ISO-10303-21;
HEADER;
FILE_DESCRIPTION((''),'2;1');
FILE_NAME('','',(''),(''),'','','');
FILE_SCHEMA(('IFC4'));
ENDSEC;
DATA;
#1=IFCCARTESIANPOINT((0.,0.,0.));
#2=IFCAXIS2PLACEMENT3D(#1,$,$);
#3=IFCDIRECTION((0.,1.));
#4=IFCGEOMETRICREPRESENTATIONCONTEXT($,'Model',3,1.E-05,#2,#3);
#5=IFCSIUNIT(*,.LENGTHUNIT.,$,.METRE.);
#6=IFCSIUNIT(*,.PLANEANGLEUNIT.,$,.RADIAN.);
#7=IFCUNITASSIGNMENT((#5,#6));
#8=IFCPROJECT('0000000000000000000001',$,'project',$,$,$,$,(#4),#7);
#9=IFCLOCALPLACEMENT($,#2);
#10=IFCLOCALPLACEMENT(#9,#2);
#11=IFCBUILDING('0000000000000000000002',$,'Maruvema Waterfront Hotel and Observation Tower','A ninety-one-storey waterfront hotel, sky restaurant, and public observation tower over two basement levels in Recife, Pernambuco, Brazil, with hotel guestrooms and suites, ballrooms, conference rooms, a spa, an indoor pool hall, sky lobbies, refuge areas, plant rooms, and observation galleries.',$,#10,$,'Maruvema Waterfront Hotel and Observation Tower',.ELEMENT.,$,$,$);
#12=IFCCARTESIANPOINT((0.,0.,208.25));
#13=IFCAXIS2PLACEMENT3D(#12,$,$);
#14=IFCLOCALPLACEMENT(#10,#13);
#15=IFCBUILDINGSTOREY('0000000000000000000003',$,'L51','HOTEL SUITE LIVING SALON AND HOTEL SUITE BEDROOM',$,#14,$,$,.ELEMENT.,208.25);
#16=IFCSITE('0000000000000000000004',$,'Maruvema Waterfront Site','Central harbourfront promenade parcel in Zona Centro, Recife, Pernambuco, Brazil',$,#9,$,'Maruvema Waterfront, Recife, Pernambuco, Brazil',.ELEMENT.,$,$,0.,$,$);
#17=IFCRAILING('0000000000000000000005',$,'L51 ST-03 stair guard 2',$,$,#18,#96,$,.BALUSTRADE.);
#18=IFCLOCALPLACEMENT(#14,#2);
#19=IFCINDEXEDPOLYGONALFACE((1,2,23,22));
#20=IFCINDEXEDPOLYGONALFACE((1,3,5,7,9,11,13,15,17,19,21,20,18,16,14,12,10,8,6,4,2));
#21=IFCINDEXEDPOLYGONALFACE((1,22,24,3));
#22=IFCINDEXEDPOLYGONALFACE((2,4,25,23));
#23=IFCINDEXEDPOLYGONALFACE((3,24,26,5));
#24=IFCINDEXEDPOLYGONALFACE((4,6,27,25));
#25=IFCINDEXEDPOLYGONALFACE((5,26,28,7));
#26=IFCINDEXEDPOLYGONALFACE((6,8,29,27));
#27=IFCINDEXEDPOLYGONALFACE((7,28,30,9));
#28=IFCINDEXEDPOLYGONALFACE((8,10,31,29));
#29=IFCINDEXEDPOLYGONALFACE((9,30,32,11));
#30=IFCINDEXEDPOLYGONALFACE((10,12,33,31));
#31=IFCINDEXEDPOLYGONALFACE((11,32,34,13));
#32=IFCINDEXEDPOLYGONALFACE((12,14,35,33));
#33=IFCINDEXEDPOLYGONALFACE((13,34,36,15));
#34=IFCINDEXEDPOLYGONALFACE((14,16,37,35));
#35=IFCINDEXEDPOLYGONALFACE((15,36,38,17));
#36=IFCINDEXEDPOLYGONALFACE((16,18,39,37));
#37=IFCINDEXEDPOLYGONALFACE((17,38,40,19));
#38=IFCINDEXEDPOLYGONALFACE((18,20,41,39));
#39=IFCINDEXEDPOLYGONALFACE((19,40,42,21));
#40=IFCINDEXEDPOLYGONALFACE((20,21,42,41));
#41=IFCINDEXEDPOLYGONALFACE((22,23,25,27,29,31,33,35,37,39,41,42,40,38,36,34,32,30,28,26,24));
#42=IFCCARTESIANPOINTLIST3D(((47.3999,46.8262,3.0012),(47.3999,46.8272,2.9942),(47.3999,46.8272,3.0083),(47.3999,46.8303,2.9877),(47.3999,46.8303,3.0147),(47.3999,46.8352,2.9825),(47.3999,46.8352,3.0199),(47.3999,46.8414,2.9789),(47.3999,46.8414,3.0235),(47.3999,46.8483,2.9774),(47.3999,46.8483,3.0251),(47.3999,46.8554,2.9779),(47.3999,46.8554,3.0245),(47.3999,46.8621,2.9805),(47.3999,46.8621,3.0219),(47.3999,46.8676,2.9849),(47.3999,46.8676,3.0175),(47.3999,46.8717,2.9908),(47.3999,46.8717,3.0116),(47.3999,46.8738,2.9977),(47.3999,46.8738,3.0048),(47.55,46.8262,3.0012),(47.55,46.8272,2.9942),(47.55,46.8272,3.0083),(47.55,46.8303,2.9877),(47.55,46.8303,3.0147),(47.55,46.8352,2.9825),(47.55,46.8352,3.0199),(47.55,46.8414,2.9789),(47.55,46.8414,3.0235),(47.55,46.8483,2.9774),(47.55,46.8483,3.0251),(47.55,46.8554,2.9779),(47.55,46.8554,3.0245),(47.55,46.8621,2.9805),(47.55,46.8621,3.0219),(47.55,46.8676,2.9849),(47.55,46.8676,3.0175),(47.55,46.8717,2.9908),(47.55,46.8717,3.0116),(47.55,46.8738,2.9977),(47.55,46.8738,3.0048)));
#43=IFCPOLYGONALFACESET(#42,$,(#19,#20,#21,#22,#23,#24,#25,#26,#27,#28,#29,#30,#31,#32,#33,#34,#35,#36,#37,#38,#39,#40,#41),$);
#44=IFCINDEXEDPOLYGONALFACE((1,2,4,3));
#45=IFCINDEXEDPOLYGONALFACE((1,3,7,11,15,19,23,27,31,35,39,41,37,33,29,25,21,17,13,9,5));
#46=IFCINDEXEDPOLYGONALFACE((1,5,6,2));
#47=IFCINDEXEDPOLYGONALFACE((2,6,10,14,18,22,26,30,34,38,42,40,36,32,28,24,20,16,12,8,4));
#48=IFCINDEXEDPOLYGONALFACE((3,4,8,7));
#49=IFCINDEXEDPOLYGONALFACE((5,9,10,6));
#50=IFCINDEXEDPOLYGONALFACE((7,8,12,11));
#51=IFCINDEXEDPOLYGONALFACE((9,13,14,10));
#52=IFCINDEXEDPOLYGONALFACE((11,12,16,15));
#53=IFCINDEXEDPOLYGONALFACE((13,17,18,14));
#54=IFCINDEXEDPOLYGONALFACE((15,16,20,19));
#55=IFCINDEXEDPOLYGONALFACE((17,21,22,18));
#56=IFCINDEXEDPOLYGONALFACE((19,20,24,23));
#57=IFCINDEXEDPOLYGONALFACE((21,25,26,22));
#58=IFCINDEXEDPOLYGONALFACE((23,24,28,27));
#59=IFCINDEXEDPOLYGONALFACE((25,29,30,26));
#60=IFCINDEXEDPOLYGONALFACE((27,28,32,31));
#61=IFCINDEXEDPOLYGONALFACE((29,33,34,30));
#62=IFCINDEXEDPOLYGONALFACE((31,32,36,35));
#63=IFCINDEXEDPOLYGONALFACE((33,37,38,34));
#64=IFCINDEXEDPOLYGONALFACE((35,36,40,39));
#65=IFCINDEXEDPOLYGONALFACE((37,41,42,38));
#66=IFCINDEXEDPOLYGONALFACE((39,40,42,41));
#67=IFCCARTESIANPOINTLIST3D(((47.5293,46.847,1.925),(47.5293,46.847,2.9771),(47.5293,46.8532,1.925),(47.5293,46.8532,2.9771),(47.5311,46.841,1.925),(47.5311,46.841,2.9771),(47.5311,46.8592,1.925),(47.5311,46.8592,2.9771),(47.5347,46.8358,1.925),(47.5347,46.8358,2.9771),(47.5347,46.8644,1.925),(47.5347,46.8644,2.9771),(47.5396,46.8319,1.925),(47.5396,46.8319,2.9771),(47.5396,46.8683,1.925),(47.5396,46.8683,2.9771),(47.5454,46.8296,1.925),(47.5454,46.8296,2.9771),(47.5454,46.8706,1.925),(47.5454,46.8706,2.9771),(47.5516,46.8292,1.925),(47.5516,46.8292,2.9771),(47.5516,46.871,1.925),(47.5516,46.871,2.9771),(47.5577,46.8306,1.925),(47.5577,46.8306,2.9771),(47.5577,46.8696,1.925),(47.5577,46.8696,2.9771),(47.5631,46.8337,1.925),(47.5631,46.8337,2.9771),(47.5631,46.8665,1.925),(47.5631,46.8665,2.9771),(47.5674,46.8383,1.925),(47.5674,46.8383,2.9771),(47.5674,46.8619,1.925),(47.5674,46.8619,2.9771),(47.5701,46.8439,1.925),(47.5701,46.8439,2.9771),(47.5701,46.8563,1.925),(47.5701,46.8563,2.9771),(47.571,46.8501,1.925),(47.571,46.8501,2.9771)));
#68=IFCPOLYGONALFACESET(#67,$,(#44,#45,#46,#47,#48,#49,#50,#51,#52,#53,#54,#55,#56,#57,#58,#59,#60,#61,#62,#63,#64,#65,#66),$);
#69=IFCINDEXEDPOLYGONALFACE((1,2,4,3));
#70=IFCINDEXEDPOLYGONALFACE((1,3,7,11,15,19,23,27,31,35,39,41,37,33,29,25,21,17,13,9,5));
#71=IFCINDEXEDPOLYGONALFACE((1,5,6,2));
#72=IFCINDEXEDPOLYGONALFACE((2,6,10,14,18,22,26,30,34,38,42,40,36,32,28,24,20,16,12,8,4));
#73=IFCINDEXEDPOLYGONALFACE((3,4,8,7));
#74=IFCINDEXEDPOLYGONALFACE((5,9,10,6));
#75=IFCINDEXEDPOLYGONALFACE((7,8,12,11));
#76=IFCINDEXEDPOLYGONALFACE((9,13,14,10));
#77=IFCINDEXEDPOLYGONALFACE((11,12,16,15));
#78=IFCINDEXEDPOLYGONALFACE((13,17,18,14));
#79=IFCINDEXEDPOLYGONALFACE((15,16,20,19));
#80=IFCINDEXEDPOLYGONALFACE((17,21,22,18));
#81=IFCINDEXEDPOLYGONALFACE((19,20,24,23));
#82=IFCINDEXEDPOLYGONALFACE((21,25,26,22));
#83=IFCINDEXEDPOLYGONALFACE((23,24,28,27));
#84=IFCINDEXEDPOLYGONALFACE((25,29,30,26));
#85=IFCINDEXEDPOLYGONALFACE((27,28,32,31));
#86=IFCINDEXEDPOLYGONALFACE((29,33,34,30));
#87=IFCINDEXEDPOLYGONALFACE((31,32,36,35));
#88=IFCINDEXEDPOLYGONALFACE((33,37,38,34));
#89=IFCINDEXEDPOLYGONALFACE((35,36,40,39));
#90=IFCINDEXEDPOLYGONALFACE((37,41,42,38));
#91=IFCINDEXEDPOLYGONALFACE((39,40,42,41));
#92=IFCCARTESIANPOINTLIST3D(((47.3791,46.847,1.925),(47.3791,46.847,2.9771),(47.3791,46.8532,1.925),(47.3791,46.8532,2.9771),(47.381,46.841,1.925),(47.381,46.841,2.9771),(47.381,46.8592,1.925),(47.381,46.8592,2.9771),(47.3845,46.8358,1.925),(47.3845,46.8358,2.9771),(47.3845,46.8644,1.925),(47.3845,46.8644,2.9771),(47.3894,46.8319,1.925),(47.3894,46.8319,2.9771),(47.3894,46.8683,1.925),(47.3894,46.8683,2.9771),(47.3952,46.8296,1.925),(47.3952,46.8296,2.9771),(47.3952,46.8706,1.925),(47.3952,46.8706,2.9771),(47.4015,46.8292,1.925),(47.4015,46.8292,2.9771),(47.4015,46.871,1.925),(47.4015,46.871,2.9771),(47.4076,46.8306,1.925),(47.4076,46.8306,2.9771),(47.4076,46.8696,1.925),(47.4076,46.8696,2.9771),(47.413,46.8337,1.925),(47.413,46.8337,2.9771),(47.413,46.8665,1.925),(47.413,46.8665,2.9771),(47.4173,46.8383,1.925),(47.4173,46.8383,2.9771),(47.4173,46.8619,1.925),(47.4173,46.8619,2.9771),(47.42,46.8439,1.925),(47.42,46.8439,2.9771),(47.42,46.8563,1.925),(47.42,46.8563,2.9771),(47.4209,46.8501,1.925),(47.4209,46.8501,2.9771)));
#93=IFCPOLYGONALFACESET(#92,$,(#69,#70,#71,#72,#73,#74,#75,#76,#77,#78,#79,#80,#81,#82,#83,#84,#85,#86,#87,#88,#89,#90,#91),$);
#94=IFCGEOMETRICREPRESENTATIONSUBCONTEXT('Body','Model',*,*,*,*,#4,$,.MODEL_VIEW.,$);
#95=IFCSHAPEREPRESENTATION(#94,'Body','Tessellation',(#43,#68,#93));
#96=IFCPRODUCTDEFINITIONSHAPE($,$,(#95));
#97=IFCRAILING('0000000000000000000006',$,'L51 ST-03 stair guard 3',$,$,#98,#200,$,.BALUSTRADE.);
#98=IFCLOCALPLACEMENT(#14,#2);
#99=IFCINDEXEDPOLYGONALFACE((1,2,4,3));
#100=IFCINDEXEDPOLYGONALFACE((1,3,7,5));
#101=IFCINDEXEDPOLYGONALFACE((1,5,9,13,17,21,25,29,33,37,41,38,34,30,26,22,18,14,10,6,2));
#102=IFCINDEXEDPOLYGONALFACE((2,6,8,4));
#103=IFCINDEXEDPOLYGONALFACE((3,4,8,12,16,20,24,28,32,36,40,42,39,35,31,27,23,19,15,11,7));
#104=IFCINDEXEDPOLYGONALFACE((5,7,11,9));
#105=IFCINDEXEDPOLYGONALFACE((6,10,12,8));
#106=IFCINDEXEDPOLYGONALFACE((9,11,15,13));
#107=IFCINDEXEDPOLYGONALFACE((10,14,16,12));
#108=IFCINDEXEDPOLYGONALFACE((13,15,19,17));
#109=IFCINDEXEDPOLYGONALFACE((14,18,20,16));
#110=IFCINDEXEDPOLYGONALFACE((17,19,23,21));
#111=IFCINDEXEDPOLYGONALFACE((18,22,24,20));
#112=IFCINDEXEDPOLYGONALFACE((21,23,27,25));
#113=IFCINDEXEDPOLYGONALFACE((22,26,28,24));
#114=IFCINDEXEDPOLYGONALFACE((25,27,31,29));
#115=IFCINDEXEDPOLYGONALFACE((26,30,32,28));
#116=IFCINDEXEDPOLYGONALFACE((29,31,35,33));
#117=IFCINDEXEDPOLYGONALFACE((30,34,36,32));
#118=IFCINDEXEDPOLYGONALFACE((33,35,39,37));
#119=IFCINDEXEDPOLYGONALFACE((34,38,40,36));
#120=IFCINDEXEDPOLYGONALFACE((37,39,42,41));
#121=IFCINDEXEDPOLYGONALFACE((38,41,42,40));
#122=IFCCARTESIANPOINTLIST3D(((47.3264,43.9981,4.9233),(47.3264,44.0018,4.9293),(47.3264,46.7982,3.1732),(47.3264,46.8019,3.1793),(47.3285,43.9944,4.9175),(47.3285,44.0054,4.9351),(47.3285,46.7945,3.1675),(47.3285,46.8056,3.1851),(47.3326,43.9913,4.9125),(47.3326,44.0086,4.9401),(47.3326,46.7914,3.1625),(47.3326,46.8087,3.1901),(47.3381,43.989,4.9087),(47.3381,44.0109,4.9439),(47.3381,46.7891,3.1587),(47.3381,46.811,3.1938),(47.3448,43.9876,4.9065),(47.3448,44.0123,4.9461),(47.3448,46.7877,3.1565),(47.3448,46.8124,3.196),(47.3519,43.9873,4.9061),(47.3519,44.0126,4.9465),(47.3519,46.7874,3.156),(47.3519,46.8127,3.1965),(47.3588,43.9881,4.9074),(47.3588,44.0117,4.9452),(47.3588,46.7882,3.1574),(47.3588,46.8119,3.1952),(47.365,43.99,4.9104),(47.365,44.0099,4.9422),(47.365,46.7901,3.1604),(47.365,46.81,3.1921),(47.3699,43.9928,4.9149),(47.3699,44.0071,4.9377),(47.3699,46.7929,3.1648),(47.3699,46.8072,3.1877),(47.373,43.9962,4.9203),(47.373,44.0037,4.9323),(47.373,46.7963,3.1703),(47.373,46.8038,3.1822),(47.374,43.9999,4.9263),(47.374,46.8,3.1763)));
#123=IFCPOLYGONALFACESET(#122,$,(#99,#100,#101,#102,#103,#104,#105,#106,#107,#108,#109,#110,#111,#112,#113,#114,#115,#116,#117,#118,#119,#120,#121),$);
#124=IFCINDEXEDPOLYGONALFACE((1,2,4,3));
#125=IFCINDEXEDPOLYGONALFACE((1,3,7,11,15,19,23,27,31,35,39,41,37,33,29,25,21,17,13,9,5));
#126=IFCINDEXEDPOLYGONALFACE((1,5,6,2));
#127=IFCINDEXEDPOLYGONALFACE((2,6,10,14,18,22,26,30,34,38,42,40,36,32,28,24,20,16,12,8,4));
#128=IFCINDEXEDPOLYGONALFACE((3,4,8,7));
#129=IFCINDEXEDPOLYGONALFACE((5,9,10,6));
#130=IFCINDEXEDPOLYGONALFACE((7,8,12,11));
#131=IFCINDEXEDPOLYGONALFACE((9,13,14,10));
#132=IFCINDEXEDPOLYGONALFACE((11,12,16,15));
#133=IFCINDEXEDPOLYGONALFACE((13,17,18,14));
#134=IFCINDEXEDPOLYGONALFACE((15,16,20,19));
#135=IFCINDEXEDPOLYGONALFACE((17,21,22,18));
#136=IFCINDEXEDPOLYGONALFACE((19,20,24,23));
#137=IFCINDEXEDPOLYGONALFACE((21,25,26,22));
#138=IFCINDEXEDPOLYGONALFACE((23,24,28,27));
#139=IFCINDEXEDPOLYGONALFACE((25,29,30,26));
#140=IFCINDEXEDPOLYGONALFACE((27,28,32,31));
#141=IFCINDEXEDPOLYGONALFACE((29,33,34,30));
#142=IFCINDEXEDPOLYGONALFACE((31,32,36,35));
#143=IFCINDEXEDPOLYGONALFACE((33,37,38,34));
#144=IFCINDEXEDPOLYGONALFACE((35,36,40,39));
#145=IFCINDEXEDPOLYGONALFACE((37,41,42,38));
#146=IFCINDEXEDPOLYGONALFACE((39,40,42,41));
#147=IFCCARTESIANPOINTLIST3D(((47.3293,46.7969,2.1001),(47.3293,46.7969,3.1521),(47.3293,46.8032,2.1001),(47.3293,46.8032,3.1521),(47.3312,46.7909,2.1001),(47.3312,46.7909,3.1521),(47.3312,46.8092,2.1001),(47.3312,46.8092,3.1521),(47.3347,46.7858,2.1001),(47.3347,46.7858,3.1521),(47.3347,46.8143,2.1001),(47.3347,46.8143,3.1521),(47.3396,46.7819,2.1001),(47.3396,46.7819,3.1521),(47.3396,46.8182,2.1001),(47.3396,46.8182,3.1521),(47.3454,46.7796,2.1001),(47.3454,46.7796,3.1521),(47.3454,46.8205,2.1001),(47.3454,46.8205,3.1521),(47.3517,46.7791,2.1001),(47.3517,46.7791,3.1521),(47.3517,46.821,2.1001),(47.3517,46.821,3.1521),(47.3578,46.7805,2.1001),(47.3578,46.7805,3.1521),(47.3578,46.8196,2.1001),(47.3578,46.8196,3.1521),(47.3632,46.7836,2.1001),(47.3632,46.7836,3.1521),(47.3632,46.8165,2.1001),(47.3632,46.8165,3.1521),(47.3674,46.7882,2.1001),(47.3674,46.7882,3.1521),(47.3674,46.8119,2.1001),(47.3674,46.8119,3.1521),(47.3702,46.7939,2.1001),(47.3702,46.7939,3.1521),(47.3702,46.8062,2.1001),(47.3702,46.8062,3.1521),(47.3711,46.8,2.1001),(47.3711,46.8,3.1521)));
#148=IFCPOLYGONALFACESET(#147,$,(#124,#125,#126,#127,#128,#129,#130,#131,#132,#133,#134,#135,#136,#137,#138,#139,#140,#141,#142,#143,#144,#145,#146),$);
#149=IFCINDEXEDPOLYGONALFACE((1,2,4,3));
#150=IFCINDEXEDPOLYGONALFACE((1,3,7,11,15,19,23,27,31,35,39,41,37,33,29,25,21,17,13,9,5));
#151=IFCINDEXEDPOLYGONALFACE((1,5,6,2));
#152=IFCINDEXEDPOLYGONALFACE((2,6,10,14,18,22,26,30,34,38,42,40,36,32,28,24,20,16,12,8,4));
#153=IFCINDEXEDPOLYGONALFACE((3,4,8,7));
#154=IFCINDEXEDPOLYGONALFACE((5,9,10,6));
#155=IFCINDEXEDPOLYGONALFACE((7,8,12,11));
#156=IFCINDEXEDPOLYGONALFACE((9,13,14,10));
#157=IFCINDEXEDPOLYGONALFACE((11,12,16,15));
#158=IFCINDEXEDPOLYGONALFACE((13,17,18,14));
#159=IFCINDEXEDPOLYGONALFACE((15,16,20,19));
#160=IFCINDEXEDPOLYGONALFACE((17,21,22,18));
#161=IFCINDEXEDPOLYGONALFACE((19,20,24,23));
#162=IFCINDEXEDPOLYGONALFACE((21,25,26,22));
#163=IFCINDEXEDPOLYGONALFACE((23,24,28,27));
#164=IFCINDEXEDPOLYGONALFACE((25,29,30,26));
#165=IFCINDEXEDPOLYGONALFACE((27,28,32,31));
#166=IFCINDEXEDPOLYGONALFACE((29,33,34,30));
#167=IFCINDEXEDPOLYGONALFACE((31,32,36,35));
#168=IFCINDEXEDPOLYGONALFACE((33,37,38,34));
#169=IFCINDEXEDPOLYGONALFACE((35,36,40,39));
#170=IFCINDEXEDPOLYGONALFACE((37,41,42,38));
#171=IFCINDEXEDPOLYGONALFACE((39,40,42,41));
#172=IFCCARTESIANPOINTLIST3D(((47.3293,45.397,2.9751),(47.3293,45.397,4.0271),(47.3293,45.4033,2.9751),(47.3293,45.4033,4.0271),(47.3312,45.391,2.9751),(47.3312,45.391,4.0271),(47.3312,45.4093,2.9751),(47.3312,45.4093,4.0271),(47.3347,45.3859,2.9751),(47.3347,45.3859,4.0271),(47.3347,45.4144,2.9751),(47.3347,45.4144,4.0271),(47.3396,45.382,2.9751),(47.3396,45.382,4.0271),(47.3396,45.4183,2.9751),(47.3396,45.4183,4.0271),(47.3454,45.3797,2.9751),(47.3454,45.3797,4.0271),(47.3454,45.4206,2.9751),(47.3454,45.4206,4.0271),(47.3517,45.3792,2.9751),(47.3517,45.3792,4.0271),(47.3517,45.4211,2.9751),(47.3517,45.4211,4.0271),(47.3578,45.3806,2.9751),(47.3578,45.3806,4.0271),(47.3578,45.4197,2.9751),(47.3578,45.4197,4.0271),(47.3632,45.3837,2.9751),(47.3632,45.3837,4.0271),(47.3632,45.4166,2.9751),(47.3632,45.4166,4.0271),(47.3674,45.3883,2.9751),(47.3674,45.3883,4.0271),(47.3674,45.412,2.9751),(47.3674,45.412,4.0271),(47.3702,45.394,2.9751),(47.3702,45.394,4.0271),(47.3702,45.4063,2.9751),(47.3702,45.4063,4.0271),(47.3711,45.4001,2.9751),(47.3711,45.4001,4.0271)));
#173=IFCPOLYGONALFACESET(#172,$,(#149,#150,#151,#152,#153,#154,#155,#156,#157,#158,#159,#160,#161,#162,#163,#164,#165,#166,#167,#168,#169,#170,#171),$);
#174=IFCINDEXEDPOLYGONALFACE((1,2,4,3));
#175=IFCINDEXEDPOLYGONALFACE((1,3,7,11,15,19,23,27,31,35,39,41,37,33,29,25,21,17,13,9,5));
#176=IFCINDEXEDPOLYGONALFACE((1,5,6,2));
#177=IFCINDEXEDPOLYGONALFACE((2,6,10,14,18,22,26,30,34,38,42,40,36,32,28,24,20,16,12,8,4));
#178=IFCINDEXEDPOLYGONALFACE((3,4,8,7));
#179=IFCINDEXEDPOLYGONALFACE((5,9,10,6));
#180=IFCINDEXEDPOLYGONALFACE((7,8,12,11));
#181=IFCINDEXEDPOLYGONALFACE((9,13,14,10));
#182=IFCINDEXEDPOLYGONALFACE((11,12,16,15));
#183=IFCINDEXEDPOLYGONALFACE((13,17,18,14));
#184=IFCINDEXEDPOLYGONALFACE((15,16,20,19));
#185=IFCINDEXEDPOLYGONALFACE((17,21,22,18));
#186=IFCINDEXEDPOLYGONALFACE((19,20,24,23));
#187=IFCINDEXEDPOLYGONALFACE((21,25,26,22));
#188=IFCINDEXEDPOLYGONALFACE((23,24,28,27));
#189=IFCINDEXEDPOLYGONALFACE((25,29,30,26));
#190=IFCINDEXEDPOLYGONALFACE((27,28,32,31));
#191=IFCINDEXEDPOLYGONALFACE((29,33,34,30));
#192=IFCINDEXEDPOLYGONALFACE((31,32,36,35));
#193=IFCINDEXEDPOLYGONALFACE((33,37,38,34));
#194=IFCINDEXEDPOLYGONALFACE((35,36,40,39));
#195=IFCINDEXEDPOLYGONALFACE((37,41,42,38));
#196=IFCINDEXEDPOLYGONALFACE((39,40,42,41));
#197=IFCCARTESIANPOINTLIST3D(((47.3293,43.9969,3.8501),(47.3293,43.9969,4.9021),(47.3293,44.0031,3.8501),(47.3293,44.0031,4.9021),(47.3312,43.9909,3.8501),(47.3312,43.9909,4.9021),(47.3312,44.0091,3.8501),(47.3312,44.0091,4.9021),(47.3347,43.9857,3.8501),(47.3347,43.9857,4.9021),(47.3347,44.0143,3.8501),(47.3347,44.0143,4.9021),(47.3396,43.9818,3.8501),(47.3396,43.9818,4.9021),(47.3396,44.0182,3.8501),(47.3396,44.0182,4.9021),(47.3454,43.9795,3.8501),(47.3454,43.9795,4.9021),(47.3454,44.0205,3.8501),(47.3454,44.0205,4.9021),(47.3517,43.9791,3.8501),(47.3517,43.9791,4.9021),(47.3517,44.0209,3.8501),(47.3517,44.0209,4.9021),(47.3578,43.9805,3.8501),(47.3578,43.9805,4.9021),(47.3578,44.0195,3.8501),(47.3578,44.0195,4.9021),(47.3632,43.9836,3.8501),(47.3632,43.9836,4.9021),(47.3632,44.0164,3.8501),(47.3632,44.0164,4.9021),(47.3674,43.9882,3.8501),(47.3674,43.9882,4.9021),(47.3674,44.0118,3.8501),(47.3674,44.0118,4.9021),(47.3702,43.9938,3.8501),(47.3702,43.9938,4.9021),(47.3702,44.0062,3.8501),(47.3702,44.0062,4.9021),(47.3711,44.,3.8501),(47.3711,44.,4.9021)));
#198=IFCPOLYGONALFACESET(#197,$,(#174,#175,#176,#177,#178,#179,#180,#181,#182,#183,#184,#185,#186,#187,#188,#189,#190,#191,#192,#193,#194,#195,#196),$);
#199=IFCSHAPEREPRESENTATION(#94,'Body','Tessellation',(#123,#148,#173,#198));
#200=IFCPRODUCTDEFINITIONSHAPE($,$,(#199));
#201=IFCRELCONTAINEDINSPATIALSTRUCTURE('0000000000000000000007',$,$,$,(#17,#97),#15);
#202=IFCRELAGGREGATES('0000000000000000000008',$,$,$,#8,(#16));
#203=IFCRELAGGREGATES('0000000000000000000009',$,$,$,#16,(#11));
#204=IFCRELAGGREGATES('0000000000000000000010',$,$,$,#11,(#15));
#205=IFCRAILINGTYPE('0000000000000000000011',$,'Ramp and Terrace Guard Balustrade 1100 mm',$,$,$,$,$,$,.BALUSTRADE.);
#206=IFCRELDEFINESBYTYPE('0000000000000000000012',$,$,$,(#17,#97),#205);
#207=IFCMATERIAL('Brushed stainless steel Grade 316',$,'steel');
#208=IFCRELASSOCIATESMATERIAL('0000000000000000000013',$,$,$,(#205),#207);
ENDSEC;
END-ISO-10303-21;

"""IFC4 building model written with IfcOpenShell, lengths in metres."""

from ifc_helpers import new_model, si_unit, direction, frame, origin, origin_2d, place, context, subcontext, project, spatial, circle, extrude, material, type_object, element, save


model = new_model("IFC4")

# Units and contexts
model_context = context("Model", 3, precision=1e-05, world=origin(), true_north=direction((0.0, 1.0)))
body_context = subcontext(model_context, "Body", "Model", "MODEL_VIEW")
ifc_project = project(units=[si_unit("LENGTHUNIT", "METRE"), si_unit("PLANEANGLEUNIT", "RADIAN")], contexts=[model_context])

# Site, building, storey
site_placement = place(None, origin())
site = spatial("IfcSite", under=ifc_project, at=site_placement, Name="Maruvema Waterfront Site", Description="Central harbourfront promenade parcel in Zona Centro, Recife, Pernambuco, Brazil", LongName="Maruvema Waterfront, Recife, Pernambuco, Brazil", CompositionType="ELEMENT", RefElevation=0.0)
building_placement = place(site_placement, origin())
building = spatial("IfcBuilding", under=site, at=building_placement, Name="Maruvema Waterfront Hotel and Observation Tower", Description="A ninety-one-storey waterfront hotel, sky restaurant, and public observation tower over two basement levels in Recife, Pernambuco, Brazil, with hotel guestrooms and suites, ballrooms, conference rooms, a spa, an indoor pool hall, sky lobbies, refuge areas, plant rooms, and observation galleries.", LongName="Maruvema Waterfront Hotel and Observation Tower", CompositionType="ELEMENT")
storey_placement = place(building_placement, frame((0.0, 0.0, 208.25)))
storey = spatial("IfcBuildingStorey", under=building, at=storey_placement, Name="L51", Description="HOTEL SUITE LIVING SALON AND HOTEL SUITE BEDROOM", CompositionType="ELEMENT", Elevation=208.25)

# Railings
ifc_material_1 = material(Name="Brushed stainless steel Grade 316", Category="steel")
railing_type_1 = type_object("IfcRailingType", Name="Ramp and Terrace Guard Balustrade 1100 mm", PredefinedType="BALUSTRADE", material=ifc_material_1)
railing_1_placement = place(storey_placement, frame((47.55, 46.8501, 1.925)))
element("IfcRailing", 1, at=railing_1_placement, inside=storey, type_object=railing_type_1, Name="L51 ST-03 stair guard 2", PredefinedType="BALUSTRADE", context=body_context, shape_type="SweptSolid", body=[
    extrude(circle(Radius=0.0239, at=origin_2d()), frame((0.0, 0.0, 1.0762), z_axis=(-1.0, 0.0, 0.0), x_axis=(0.0, -1.0, 0.0)), (0.0, 0.0, 1.0), 0.1501),
    extrude(circle(Radius=0.021, at=origin_2d()), origin(), (0.0, 0.0, 1.0), 1.052),
    extrude(circle(Radius=0.021, at=origin_2d()), frame((-0.1501, 0.0, 0.0)), (0.0, 0.0, 1.0), 1.052),
])
railing_2_placement = place(storey_placement, frame((47.3501, 46.8, 2.1001)))
element("IfcRailing", 2, at=railing_2_placement, inside=storey, type_object=railing_type_1, Name="L51 ST-03 stair guard 3", PredefinedType="BALUSTRADE", context=body_context, shape_type="SweptSolid", body=[
    extrude(circle(Radius=0.0239, at=origin_2d()), frame((0.0, 0.0, 1.0762), z_axis=(0.0, -0.848002, 0.529992), x_axis=(1.0, 0.0, 0.0)), (0.0, 0.0, 1.0), 3.302),
    extrude(circle(Radius=0.021, at=origin_2d()), origin(), (0.0, 0.0, 1.0), 1.052),
    extrude(circle(Radius=0.021, at=origin_2d()), frame((0.0, -1.3999, 0.875)), (0.0, 0.0, 1.0), 1.052),
    extrude(circle(Radius=0.021, at=origin_2d()), frame((0.0, -2.8, 1.75)), (0.0, 0.0, 1.0), 1.052),
])

save(model, "model.ifc")
